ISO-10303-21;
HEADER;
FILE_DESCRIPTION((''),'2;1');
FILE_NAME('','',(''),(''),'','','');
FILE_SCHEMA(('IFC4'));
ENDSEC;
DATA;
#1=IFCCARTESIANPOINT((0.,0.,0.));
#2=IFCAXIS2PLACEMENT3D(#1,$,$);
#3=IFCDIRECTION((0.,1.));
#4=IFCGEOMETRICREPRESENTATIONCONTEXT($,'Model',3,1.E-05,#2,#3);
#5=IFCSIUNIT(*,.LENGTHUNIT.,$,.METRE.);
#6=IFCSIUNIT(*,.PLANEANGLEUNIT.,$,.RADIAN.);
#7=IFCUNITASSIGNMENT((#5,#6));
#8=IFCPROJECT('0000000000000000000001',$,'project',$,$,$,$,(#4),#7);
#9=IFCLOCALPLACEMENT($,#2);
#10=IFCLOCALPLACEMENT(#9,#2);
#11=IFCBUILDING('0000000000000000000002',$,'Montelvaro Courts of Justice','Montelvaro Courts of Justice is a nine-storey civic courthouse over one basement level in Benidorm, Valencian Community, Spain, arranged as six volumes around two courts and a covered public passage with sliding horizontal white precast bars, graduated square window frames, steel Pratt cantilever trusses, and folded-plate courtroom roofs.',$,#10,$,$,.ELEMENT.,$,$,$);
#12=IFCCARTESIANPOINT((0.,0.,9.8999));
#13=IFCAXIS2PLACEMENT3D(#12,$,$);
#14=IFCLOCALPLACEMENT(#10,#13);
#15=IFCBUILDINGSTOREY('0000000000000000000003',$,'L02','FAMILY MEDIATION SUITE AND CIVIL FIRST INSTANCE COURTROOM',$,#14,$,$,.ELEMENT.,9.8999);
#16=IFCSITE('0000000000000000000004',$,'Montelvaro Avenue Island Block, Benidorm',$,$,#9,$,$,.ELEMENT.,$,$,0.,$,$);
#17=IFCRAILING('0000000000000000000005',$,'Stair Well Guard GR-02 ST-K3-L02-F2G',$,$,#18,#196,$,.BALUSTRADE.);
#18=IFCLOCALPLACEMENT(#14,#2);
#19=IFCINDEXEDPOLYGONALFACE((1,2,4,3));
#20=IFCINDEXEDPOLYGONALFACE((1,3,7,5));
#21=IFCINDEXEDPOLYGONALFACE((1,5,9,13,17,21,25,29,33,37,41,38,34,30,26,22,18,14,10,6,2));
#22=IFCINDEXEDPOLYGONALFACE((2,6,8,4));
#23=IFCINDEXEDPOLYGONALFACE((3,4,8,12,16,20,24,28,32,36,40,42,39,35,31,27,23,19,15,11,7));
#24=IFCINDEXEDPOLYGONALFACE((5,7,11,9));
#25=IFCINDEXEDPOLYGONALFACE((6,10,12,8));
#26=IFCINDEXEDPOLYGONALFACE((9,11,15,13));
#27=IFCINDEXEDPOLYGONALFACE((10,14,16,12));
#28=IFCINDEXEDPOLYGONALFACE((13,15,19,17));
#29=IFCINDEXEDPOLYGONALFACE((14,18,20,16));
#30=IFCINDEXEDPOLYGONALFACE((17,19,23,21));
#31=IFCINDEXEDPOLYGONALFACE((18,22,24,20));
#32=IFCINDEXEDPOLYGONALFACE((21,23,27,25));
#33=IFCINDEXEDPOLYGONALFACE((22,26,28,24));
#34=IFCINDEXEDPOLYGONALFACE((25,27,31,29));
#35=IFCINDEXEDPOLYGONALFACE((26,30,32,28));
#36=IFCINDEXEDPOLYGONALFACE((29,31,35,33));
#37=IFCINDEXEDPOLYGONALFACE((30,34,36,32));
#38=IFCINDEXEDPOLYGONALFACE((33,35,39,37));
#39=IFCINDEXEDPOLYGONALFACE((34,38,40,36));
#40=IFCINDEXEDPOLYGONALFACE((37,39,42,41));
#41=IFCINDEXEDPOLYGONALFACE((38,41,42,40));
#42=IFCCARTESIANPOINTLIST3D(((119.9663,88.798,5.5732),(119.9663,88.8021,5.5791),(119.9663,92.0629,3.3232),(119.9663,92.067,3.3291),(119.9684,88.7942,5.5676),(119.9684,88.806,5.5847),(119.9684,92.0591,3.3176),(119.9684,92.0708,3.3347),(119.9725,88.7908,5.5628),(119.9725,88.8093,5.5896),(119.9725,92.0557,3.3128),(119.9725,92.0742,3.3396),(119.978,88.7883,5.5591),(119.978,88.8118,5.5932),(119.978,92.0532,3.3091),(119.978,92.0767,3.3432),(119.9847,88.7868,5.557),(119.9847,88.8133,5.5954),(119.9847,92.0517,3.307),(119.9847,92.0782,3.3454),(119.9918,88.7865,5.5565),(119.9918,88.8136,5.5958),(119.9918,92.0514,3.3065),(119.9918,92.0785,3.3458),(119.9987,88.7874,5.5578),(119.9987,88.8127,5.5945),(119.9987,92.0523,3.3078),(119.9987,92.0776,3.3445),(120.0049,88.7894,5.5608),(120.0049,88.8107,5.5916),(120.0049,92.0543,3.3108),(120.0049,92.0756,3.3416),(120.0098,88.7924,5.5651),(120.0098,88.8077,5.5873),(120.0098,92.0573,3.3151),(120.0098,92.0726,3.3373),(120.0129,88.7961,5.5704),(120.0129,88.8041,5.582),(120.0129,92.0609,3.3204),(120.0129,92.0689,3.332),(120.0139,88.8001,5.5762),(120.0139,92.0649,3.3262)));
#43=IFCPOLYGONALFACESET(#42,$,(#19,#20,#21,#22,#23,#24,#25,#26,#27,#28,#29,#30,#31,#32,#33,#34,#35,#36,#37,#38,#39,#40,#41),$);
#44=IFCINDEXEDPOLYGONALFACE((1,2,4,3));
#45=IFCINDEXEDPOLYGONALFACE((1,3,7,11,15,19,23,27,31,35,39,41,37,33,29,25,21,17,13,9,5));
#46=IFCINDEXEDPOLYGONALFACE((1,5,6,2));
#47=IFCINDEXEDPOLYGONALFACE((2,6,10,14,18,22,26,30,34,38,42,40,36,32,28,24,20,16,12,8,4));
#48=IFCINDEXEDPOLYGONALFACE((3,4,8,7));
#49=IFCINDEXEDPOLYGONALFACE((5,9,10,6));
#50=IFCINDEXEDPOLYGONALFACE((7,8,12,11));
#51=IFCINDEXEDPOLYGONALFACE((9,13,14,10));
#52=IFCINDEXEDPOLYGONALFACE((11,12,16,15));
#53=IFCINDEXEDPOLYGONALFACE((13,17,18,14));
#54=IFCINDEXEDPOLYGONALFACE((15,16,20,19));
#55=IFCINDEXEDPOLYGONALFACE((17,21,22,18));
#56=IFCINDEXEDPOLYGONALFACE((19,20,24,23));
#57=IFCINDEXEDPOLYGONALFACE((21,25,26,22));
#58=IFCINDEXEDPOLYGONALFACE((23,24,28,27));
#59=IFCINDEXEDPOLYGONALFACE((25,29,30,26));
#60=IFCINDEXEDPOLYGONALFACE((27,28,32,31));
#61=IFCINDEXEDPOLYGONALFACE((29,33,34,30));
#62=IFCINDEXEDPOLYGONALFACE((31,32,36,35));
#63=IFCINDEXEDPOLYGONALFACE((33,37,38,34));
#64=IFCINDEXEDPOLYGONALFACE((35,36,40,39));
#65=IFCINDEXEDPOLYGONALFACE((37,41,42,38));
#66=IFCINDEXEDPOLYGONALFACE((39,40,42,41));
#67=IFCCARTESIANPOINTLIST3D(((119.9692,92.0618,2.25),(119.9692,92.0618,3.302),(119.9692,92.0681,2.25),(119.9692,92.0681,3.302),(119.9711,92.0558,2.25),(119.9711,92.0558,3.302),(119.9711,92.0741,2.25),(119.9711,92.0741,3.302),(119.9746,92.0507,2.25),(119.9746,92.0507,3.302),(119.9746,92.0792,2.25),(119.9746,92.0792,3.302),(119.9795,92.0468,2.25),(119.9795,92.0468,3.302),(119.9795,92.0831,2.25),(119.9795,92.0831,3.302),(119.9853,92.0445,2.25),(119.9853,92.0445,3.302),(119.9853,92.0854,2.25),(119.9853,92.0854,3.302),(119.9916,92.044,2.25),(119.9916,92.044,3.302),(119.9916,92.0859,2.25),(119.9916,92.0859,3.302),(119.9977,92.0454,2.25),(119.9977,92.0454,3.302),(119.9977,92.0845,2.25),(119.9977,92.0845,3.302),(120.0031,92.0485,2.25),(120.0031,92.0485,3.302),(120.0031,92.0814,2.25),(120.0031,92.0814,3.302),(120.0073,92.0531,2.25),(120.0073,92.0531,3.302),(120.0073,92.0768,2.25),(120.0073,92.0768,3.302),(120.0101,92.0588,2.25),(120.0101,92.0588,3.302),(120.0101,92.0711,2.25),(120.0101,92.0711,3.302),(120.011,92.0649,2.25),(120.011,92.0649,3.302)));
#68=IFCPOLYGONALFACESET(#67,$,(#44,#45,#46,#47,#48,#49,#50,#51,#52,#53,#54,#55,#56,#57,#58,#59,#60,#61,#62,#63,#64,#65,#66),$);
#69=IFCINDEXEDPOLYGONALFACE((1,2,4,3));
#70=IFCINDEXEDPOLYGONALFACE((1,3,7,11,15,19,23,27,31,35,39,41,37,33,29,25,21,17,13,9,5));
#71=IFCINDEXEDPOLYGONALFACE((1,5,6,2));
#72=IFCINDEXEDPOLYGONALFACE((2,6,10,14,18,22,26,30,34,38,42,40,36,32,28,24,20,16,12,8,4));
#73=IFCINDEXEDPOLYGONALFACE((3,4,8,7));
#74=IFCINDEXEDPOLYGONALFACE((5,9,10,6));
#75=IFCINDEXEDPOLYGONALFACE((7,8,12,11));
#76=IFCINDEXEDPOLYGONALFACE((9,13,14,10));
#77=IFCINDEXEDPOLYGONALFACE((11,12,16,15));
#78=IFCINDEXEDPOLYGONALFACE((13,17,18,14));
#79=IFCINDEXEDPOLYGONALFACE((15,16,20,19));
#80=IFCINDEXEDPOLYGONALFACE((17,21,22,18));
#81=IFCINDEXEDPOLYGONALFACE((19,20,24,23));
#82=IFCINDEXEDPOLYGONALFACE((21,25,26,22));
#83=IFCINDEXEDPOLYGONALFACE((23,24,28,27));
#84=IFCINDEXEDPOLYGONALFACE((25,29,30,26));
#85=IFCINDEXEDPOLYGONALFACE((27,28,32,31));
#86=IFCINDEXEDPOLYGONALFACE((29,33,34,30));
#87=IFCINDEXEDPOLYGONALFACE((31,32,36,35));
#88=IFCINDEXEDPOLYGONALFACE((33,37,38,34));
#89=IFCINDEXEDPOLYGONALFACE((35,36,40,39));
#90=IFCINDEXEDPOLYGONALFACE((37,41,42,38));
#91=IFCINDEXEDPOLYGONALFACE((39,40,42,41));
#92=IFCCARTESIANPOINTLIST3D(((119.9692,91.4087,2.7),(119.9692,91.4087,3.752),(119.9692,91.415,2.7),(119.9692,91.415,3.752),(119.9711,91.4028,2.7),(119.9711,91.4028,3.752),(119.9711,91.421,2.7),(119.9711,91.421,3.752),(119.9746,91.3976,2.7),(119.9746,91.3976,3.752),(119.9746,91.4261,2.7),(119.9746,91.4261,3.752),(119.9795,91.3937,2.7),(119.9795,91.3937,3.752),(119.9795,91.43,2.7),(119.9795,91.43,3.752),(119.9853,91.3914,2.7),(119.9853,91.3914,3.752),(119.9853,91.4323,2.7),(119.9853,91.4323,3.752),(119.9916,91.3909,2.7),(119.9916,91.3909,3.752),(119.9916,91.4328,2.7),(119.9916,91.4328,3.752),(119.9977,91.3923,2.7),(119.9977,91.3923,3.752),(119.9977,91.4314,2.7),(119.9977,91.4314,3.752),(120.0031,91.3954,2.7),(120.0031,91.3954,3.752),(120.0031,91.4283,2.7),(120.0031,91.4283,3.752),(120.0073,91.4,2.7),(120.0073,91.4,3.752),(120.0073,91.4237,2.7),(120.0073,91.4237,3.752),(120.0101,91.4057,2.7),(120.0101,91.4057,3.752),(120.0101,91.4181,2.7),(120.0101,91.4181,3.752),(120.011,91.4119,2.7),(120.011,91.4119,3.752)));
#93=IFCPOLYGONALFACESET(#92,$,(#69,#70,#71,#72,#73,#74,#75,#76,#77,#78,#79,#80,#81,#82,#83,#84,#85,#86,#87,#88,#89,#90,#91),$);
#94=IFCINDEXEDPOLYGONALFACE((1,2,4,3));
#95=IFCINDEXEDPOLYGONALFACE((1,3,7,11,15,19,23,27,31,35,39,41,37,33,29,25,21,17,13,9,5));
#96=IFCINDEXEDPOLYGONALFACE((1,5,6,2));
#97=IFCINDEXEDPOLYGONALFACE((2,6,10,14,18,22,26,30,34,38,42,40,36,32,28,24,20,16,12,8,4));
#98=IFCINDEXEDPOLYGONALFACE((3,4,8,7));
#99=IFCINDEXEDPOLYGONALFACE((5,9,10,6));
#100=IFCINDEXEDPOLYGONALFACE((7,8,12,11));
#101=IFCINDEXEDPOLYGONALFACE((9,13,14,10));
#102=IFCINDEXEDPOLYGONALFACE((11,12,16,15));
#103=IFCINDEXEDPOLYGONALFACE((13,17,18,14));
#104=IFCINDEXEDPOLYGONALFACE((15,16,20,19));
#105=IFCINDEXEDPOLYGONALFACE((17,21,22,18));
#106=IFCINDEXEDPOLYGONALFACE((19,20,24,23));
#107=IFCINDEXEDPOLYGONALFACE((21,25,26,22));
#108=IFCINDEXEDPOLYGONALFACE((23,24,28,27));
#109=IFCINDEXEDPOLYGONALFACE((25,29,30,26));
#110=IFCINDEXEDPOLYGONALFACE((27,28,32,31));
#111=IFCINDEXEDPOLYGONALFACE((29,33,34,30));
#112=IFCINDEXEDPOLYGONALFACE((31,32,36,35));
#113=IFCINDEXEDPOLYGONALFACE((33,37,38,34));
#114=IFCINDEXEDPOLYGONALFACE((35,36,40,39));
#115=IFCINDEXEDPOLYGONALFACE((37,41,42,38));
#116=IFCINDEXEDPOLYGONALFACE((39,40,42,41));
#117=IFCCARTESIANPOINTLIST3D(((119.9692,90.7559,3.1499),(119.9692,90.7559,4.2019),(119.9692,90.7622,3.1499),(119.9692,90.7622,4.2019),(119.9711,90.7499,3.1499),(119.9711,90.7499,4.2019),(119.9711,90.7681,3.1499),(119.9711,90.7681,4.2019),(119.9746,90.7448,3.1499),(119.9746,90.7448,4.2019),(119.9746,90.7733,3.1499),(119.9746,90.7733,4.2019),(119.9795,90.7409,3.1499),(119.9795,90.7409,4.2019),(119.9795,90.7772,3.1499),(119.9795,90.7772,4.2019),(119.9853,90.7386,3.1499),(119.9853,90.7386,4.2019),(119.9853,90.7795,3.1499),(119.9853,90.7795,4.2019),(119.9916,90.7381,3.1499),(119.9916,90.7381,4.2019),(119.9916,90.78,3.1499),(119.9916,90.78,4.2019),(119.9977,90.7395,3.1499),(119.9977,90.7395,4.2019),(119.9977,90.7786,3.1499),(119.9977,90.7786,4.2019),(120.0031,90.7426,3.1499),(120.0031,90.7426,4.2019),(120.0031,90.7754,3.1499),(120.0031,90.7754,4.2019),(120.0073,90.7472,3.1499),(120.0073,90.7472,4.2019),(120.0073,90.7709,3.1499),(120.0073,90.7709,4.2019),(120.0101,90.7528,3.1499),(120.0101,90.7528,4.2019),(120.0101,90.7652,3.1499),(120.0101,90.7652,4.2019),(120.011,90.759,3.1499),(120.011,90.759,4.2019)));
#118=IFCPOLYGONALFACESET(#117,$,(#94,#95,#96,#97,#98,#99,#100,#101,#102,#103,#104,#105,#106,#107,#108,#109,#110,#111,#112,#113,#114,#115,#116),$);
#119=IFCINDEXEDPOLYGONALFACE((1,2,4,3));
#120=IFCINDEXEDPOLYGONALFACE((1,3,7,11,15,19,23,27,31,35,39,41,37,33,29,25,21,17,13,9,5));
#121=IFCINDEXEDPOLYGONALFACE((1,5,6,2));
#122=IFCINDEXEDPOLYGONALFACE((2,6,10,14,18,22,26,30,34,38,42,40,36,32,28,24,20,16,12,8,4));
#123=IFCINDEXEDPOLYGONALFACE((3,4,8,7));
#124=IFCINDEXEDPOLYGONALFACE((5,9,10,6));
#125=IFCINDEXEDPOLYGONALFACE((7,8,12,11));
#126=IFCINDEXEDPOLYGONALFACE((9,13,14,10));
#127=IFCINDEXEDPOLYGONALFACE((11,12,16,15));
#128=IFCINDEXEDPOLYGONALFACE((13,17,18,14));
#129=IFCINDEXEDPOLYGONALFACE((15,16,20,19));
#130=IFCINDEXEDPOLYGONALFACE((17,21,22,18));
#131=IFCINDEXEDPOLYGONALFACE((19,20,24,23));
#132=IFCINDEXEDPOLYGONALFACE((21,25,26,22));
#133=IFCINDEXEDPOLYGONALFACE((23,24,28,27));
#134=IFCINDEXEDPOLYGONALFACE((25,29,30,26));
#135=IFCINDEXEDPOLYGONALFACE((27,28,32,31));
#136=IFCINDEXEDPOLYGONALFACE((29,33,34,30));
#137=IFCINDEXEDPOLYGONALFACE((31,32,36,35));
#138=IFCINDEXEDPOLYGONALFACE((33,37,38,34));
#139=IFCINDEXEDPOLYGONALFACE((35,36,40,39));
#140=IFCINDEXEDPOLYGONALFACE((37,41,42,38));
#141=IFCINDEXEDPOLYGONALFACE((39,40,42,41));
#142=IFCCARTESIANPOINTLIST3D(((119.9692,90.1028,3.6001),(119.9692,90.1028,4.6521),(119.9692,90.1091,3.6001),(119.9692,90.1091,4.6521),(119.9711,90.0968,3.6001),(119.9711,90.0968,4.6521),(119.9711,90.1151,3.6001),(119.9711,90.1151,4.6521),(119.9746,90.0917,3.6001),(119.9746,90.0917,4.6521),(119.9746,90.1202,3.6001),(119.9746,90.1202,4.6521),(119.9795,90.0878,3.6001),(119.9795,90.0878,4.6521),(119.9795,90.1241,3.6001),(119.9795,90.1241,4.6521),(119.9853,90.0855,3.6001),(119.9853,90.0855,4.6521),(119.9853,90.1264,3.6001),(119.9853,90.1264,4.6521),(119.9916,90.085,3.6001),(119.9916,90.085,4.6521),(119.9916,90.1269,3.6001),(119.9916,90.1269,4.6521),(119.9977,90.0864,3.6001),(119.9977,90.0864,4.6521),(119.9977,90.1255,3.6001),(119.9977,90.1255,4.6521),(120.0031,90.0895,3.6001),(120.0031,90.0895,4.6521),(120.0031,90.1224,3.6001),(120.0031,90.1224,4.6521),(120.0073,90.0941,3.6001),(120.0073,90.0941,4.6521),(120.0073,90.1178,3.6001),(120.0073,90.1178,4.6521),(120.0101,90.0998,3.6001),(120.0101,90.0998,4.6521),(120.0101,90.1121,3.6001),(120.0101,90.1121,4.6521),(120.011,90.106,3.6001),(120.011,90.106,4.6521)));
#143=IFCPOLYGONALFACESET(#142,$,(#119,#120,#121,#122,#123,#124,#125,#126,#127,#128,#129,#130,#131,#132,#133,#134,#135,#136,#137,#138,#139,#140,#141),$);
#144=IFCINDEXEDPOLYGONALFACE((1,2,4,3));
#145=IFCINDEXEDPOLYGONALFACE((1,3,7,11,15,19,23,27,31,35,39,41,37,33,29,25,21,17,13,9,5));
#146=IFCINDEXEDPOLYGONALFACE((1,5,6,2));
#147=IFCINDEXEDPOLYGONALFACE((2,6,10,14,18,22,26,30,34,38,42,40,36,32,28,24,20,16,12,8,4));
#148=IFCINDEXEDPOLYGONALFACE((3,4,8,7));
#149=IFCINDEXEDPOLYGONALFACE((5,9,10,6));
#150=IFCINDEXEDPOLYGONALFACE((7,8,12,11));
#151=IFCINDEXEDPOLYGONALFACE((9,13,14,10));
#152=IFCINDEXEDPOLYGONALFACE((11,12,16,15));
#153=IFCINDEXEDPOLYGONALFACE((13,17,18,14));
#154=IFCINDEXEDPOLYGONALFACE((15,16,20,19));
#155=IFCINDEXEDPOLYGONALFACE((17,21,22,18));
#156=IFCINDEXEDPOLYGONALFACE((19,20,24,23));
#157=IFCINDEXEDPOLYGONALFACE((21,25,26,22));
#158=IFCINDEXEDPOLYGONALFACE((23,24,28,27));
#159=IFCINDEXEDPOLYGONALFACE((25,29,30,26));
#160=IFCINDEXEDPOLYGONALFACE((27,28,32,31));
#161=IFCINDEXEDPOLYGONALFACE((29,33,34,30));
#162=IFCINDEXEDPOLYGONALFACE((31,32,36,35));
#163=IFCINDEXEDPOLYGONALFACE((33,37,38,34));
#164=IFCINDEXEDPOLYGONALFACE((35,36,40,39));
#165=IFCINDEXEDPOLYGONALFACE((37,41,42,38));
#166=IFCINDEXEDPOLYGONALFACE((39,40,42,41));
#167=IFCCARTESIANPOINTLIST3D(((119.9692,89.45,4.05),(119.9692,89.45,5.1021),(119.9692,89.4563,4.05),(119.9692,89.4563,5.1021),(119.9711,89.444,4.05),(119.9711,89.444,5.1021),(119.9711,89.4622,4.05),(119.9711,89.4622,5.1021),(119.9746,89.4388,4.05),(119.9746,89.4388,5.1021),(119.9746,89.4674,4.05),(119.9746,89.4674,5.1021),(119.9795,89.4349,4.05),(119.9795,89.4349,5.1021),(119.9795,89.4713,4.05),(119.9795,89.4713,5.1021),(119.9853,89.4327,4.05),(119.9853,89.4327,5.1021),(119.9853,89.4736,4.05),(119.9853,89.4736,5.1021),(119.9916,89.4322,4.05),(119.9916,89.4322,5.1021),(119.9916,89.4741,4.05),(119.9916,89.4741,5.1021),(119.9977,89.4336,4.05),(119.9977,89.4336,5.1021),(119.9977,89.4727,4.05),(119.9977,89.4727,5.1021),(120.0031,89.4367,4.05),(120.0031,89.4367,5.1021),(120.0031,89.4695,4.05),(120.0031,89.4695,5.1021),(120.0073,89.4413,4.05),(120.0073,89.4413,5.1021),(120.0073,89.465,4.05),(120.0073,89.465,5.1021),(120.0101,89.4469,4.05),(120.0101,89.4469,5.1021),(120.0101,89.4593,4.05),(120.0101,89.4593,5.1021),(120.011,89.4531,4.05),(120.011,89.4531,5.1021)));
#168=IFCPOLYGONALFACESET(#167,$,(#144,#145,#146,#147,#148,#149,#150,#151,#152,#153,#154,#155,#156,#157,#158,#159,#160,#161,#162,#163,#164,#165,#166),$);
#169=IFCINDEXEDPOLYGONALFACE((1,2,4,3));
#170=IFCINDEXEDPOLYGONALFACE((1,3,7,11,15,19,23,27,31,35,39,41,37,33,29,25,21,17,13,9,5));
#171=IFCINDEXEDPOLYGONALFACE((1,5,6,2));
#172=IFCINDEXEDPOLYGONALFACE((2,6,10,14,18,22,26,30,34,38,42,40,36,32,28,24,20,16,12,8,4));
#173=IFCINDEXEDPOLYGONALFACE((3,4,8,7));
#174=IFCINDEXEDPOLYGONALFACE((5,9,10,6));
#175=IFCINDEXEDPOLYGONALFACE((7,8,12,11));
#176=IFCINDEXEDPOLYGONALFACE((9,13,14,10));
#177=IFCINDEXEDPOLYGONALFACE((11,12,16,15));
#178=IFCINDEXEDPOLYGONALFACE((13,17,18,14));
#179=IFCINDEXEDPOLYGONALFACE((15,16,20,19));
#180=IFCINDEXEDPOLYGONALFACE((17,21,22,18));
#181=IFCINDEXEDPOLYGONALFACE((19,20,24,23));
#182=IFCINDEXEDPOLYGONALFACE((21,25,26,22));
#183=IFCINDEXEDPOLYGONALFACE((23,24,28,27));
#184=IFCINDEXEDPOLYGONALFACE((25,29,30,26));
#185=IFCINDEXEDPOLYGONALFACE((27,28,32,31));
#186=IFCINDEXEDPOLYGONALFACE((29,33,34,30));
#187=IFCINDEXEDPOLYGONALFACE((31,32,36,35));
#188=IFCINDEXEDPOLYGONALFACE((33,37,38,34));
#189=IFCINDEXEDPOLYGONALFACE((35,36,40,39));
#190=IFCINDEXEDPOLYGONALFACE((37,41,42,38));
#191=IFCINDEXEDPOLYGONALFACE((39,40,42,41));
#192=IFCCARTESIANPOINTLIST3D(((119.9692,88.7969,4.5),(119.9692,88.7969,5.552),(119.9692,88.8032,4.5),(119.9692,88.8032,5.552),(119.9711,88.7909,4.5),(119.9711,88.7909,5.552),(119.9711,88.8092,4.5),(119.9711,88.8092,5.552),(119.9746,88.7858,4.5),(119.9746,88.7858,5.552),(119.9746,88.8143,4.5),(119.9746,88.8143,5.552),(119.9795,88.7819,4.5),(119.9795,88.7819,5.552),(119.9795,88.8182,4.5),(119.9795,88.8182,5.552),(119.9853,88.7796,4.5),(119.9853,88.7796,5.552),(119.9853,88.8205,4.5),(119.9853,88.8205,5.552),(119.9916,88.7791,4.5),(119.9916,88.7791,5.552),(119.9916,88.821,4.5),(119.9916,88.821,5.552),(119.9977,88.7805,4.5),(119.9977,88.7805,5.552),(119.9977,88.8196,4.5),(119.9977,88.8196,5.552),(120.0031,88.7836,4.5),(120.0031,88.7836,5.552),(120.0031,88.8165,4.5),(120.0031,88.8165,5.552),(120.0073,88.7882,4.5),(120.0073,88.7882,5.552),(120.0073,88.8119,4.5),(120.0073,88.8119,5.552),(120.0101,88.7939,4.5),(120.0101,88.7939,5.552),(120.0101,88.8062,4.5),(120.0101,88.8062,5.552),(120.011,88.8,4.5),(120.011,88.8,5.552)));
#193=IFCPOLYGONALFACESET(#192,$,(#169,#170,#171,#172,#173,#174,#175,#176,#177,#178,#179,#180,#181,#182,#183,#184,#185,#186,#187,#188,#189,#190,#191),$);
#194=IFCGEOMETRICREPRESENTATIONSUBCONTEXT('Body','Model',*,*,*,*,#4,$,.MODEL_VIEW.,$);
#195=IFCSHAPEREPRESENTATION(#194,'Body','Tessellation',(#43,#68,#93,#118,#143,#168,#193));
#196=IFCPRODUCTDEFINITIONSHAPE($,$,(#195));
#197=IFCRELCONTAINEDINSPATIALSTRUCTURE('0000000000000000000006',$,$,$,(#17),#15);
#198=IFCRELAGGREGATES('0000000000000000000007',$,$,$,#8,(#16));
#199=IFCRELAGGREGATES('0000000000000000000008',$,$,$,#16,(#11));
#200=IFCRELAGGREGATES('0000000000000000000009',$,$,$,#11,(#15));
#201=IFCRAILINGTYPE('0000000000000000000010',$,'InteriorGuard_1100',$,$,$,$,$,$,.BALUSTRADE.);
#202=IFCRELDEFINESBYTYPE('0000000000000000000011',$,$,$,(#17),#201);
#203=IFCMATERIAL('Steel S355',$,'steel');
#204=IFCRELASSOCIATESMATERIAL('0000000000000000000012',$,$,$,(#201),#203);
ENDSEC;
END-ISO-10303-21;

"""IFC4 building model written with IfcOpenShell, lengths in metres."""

from ifc_helpers import new_model, si_unit, direction, frame, origin, origin_2d, place, context, subcontext, project, spatial, circle, extrude, material, type_object, element, save


model = new_model("IFC4")

# Units and contexts
model_context = context("Model", 3, precision=1e-05, world=origin(), true_north=direction((0.0, 1.0)))
body_context = subcontext(model_context, "Body", "Model", "MODEL_VIEW")
ifc_project = project(units=[si_unit("LENGTHUNIT", "METRE"), si_unit("PLANEANGLEUNIT", "RADIAN")], contexts=[model_context])

# Site, building, storey
site_placement = place(None, origin())
site = spatial("IfcSite", under=ifc_project, at=site_placement, Name="Montelvaro Avenue Island Block, Benidorm", CompositionType="ELEMENT", RefElevation=0.0)
building_placement = place(site_placement, origin())
building = spatial("IfcBuilding", under=site, at=building_placement, Name="Montelvaro Courts of Justice", Description="Montelvaro Courts of Justice is a nine-storey civic courthouse over one basement level in Benidorm, Valencian Community, Spain, arranged as six volumes around two courts and a covered public passage with sliding horizontal white precast bars, graduated square window frames, steel Pratt cantilever trusses, and folded-plate courtroom roofs.", CompositionType="ELEMENT")
storey_placement = place(building_placement, frame((0.0, 0.0, 9.8999)))
storey = spatial("IfcBuildingStorey", under=building, at=storey_placement, Name="L02", Description="FAMILY MEDIATION SUITE AND CIVIL FIRST INSTANCE COURTROOM", CompositionType="ELEMENT", Elevation=9.8999)

# Shared definitions
ifc_material_1 = material(Name="Steel S355", Category="steel")

# Railing
railing_type_1 = type_object("IfcRailingType", Name="InteriorGuard_1100", PredefinedType="BALUSTRADE", material=ifc_material_1)
railing_1_placement = place(storey_placement, frame((119.99, 92.0649, 2.25)))
element("IfcRailing", 1, at=railing_1_placement, inside=storey, type_object=railing_type_1, Name="Stair Well Guard GR-02 ST-K3-L02-F2G", PredefinedType="BALUSTRADE", context=body_context, shape_type="SweptSolid", body=[
    extrude(circle(Radius=0.0239, at=origin_2d()), frame((0.0, 0.0, 1.0762), z_axis=(0.0, -0.823407, 0.567451), x_axis=(1.0, 0.0, 0.0)), (0.0, 0.0, 1.0), 3.9651),
    extrude(circle(Radius=0.021, at=origin_2d()), origin(), (0.0, 0.0, 1.0), 1.052),
    extrude(circle(Radius=0.021, at=origin_2d()), frame((0.0, -0.6531, 0.45)), (0.0, 0.0, 1.0), 1.052),
    extrude(circle(Radius=0.021, at=origin_2d()), frame((0.0, -1.3059, 0.8999)), (0.0, 0.0, 1.0), 1.052),
    extrude(circle(Radius=0.021, at=origin_2d()), frame((0.0, -1.959, 1.3501)), (0.0, 0.0, 1.0), 1.052),
    extrude(circle(Radius=0.021, at=origin_2d()), frame((0.0, -2.6118, 1.8)), (0.0, 0.0, 1.0), 1.052),
    extrude(circle(Radius=0.021, at=origin_2d()), frame((0.0, -3.2649, 2.25)), (0.0, 0.0, 1.0), 1.052),
])

save(model, "model.ifc")
